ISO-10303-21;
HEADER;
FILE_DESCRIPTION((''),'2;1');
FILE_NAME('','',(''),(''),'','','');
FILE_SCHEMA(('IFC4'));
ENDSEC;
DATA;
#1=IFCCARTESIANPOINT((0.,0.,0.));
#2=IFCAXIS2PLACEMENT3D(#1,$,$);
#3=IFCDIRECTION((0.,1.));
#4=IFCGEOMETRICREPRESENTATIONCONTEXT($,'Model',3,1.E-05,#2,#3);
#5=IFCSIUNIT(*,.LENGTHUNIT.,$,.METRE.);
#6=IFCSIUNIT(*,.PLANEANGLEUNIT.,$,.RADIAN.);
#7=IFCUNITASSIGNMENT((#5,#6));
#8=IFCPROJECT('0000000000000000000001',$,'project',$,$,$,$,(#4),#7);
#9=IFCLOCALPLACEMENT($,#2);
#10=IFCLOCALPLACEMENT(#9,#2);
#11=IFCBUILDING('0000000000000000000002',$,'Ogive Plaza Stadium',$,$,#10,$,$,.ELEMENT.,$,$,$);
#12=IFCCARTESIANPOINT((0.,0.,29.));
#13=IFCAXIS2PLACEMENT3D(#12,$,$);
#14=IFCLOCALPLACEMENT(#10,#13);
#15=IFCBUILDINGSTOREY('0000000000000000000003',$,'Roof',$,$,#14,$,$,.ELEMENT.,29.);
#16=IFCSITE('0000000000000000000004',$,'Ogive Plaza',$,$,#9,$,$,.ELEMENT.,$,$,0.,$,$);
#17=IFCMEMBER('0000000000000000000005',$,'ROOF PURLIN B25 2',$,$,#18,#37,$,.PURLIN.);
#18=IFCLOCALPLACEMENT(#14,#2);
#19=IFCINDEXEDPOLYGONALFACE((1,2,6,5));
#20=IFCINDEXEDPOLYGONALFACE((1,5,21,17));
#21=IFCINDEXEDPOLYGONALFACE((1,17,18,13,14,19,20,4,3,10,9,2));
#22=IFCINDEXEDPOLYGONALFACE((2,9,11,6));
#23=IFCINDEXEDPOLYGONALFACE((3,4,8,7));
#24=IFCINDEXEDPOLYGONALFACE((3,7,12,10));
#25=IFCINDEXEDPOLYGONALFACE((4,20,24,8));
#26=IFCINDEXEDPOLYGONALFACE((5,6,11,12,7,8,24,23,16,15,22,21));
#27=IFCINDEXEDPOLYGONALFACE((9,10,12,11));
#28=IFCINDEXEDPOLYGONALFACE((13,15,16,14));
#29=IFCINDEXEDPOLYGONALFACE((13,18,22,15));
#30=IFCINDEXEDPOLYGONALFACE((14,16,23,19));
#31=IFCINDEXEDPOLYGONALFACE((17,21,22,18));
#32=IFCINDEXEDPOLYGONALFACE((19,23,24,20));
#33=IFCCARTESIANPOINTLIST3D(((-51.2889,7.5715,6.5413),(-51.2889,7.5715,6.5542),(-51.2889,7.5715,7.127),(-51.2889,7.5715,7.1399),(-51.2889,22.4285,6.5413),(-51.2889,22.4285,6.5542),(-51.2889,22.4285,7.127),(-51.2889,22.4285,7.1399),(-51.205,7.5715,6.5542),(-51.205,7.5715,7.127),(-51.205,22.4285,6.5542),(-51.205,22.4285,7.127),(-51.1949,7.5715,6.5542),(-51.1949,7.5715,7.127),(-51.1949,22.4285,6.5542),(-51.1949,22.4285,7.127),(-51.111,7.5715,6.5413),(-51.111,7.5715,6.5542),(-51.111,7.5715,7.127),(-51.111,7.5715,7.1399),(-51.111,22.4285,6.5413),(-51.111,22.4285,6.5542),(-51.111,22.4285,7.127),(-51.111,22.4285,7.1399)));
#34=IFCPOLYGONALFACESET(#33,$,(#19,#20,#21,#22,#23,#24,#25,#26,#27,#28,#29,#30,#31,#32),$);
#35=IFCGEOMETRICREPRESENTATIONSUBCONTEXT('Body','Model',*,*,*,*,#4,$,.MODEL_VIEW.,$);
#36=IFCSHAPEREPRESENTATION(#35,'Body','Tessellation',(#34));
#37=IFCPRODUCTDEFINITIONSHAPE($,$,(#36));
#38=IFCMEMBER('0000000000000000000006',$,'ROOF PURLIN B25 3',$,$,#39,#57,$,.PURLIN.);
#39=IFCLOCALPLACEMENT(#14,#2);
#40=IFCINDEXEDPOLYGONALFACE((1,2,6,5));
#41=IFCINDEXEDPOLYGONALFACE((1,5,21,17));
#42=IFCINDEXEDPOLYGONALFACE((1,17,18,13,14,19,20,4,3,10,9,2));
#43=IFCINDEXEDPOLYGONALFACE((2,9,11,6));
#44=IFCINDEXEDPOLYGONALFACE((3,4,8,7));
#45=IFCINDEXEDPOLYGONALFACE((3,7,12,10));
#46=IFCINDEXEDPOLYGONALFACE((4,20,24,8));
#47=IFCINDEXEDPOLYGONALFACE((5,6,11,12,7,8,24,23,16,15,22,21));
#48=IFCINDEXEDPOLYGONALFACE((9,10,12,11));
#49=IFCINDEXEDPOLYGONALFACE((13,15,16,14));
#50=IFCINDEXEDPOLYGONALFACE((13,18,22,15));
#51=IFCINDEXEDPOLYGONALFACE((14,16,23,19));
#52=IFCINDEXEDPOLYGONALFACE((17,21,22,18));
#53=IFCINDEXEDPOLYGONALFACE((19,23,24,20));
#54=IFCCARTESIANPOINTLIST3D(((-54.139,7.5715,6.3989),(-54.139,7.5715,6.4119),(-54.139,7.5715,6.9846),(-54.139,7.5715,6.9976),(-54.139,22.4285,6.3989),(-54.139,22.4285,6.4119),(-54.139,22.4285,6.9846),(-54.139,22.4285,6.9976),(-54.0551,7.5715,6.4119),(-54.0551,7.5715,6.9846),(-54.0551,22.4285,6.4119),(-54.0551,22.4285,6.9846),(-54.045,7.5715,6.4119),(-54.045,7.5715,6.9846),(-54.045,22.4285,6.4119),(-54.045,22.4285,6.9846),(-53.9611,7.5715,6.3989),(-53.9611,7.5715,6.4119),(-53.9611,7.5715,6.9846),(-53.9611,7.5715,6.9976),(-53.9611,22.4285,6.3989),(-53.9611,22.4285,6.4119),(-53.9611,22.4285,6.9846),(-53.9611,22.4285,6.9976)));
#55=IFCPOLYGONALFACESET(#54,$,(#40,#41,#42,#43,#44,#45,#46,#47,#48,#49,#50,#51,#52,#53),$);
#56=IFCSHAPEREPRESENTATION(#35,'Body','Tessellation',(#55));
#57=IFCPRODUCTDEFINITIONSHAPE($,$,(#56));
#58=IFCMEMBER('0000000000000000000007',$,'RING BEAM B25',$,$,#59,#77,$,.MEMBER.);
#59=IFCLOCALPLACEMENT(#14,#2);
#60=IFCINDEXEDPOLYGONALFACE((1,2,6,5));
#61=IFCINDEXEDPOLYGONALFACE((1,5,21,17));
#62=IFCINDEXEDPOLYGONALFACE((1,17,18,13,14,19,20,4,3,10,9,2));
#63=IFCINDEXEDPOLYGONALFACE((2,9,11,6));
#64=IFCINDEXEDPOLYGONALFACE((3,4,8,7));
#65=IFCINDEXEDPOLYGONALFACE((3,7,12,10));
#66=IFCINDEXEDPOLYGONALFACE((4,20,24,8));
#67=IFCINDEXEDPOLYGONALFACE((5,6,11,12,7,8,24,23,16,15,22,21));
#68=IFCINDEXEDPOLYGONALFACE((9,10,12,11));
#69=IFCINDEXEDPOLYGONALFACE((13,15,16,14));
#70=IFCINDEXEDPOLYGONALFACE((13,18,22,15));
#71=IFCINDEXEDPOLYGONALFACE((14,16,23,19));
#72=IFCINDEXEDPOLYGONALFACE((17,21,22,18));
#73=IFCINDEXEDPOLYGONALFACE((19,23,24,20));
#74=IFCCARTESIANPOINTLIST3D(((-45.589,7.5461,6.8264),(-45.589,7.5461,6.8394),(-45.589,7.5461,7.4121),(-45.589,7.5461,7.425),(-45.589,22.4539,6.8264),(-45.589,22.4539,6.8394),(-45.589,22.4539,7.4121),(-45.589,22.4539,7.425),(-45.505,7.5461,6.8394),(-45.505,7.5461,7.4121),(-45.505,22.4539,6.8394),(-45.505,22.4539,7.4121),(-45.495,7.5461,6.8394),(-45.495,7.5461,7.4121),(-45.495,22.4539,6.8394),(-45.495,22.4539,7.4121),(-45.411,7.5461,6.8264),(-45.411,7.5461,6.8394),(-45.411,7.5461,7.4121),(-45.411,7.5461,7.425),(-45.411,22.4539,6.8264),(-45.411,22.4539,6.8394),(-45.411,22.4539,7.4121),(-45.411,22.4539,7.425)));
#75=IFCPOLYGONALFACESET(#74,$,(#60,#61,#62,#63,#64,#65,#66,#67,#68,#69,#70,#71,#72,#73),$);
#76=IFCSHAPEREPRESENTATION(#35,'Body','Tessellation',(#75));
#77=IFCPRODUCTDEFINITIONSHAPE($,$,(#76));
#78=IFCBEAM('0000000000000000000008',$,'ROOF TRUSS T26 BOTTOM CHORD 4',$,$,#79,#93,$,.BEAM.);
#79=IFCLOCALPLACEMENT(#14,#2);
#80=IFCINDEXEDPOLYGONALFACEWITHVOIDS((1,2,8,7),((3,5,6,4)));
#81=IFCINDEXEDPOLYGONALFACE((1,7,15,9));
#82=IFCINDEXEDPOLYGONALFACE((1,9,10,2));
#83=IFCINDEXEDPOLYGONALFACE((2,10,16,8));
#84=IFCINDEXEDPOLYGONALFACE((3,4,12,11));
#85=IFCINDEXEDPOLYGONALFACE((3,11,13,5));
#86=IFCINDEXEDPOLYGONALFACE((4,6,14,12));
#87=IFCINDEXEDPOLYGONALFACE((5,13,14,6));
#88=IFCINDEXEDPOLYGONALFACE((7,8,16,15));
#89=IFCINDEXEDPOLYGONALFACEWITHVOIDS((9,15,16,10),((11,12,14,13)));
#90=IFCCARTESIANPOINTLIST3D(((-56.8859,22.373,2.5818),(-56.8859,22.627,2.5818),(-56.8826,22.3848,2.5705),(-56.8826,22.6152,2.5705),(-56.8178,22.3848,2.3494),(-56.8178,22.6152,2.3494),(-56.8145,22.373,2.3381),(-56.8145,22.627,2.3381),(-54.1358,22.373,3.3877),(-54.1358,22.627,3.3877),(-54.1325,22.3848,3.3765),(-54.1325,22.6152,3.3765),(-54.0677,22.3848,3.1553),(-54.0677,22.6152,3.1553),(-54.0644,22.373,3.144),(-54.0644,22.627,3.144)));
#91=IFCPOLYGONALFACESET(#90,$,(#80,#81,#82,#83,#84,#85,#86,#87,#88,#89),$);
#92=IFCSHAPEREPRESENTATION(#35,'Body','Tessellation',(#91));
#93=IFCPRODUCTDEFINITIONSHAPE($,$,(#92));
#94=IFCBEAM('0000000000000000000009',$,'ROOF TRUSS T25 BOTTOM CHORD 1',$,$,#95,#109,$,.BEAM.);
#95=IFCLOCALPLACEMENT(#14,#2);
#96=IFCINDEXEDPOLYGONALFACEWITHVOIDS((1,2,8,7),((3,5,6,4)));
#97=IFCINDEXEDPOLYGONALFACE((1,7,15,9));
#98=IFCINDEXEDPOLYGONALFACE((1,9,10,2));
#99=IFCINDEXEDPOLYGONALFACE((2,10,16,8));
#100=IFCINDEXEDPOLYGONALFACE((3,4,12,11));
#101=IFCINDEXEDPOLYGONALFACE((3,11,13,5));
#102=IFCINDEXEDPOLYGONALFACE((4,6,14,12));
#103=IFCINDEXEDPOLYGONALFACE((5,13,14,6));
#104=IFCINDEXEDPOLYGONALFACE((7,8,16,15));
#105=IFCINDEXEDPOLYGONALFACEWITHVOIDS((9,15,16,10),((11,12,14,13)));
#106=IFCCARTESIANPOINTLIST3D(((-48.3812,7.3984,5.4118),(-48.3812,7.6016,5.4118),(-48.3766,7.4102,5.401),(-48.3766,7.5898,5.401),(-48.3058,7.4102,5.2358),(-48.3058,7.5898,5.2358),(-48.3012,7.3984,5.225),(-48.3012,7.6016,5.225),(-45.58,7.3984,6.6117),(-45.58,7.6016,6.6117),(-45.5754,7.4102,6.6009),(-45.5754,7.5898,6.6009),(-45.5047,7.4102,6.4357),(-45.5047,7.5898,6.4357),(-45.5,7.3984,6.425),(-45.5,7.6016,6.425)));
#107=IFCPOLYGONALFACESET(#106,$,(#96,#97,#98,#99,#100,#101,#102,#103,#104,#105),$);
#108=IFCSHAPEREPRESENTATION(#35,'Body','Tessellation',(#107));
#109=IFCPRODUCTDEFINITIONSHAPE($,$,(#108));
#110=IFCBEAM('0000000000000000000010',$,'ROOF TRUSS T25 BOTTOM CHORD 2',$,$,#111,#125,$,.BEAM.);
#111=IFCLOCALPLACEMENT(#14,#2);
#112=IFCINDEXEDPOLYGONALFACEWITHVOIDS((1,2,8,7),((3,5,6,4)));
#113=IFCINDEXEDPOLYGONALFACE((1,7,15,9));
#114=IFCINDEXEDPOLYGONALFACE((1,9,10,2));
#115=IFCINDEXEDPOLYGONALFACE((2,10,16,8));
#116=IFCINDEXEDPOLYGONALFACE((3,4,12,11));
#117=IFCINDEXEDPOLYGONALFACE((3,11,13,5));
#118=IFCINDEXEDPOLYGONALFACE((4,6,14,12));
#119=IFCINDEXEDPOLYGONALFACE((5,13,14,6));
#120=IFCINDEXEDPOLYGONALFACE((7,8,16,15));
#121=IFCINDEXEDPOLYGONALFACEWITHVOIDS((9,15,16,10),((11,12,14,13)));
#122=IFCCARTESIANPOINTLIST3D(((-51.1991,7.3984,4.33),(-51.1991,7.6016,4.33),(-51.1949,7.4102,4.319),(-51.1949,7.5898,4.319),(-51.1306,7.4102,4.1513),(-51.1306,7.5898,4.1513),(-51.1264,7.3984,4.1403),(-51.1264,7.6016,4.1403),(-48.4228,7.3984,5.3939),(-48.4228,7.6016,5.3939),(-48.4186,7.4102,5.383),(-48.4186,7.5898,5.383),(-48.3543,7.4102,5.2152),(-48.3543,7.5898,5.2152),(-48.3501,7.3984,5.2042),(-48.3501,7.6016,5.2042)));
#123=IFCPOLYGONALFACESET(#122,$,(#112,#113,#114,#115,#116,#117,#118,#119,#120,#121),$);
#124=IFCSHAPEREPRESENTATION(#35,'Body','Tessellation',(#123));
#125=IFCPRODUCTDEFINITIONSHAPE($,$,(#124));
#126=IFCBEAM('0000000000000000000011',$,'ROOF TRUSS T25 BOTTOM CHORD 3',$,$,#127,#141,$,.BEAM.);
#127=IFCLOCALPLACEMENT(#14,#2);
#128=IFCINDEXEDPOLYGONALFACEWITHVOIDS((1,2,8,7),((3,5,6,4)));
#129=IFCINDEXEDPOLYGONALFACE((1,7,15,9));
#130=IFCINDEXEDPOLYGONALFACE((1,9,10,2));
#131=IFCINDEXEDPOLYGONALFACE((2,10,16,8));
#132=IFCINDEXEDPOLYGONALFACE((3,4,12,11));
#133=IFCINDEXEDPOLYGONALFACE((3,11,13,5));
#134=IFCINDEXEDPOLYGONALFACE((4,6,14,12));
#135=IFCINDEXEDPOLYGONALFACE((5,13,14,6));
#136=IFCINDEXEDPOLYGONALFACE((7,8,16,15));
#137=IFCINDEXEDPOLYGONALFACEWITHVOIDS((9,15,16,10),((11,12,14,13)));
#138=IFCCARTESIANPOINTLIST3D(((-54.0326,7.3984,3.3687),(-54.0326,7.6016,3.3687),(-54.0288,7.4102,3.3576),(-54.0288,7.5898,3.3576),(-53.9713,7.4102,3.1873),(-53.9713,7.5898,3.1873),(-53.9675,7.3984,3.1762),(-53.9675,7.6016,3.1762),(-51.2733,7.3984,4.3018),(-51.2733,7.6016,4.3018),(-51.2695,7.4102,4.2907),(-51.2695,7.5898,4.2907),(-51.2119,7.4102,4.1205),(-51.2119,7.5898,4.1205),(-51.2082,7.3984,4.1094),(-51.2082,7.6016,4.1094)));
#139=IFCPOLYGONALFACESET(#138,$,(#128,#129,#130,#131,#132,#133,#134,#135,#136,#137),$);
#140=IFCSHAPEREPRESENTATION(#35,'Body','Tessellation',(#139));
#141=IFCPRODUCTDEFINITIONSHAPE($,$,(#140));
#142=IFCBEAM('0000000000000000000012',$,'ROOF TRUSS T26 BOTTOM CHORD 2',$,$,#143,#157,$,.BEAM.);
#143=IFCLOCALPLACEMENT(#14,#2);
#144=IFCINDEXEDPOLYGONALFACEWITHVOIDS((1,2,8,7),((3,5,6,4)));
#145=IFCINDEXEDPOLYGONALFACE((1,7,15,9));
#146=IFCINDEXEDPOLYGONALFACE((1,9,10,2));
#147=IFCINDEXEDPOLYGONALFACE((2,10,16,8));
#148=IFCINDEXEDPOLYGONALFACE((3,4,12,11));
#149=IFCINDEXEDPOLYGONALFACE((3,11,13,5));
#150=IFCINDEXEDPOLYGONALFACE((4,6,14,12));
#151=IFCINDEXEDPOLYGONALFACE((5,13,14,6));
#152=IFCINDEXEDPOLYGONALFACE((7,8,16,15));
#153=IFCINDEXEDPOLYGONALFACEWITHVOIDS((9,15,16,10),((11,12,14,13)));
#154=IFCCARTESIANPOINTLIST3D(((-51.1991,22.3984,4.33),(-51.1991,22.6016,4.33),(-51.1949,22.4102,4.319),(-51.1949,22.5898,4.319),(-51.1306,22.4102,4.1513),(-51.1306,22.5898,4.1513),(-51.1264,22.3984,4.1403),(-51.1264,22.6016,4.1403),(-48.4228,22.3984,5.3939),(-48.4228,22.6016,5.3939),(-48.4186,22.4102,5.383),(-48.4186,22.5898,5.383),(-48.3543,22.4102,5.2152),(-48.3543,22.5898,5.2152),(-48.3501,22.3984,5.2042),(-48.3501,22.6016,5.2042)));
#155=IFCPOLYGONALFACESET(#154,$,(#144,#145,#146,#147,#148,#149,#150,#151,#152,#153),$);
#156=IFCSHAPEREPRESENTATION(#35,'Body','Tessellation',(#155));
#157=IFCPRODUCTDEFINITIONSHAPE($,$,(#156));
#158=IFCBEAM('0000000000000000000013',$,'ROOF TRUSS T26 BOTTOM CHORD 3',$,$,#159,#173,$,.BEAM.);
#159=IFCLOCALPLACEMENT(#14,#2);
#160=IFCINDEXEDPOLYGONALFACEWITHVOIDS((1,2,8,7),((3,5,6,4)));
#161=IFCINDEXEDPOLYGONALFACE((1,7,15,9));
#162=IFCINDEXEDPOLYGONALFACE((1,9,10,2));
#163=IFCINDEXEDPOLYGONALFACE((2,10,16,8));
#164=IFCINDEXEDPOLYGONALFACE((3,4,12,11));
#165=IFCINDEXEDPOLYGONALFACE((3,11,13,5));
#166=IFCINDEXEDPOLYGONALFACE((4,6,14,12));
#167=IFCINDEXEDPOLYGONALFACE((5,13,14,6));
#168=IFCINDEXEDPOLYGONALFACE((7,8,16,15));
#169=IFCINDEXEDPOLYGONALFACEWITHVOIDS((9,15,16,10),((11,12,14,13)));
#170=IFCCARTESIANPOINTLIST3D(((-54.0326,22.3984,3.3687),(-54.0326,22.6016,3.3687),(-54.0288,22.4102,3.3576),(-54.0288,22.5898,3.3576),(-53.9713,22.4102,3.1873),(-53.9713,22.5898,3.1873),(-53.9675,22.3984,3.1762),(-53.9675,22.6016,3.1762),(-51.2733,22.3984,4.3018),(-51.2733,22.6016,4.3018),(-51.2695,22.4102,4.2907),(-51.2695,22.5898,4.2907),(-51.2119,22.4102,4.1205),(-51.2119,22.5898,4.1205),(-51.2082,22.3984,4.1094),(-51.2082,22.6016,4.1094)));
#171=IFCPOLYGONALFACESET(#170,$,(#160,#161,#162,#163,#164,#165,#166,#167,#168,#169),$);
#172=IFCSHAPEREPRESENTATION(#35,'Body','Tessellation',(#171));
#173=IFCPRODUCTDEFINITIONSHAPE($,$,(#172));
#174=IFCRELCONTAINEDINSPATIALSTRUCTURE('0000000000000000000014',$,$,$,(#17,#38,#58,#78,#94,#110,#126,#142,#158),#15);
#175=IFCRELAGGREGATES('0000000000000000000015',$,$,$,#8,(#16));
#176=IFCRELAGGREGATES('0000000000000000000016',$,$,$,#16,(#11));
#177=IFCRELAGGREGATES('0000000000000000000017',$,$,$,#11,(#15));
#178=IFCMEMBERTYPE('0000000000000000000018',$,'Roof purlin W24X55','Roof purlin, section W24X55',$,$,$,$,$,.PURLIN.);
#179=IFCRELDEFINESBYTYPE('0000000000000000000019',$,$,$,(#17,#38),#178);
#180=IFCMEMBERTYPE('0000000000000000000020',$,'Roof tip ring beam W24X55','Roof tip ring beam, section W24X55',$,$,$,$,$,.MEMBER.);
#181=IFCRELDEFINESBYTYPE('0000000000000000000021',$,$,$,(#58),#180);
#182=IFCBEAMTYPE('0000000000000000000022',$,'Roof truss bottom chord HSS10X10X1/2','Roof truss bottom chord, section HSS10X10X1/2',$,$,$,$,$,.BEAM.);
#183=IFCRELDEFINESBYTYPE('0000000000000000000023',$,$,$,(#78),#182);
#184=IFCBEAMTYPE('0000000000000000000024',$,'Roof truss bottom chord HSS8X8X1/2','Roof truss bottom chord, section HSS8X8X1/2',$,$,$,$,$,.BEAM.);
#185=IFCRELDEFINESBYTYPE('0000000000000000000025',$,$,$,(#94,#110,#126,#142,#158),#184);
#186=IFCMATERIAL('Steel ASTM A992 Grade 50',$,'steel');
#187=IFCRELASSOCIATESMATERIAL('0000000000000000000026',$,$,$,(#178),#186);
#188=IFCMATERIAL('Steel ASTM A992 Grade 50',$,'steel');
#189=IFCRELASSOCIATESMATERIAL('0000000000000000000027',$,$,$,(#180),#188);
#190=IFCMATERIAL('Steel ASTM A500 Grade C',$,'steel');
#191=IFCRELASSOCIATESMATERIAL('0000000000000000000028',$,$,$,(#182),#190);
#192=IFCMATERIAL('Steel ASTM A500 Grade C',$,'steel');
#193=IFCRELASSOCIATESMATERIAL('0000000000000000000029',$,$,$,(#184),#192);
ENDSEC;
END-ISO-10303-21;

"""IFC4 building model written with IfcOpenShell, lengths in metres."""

from ifc_helpers import new_model, si_unit, direction, frame, origin, origin_2d, place, context, subcontext, project, spatial, hollow_rectangle, i_section, extrude, material, material_profile, profile_set, type_object, element, save


model = new_model("IFC4")

# Units and contexts
model_context = context("Model", 3, precision=1e-05, world=origin(), true_north=direction((0.0, 1.0)))
body_context = subcontext(model_context, "Body", "Model", "MODEL_VIEW")
ifc_project = project(units=[si_unit("LENGTHUNIT", "METRE"), si_unit("PLANEANGLEUNIT", "RADIAN")], contexts=[model_context])

# Site, building, storey
site_placement = place(None, origin())
site = spatial("IfcSite", under=ifc_project, at=site_placement, Name="Ogive Plaza", CompositionType="ELEMENT", RefElevation=0.0)
building_placement = place(site_placement, origin())
building = spatial("IfcBuilding", under=site, at=building_placement, Name="Ogive Plaza Stadium", CompositionType="ELEMENT")
storey_placement = place(building_placement, frame((0.0, 0.0, 29.0)))
storey = spatial("IfcBuildingStorey", under=building, at=storey_placement, Name="Roof", CompositionType="ELEMENT", Elevation=29.0)

# Members
ifc_material_1 = material(Name="Steel ASTM A992 Grade 50", Category="steel")
ifc_material_profile_1 = material_profile(ifc_material_1, i_section(OverallWidth=0.178, OverallDepth=0.5986, WebThickness=0.01, FlangeThickness=0.0129, at=origin_2d()), Name="W24X55")
ifc_profile_set_1 = profile_set([ifc_material_profile_1], Name="Steel ASTM A992 Grade 50")
member_type_1 = type_object("IfcMemberType", Name="Roof purlin W24X55", Description="Roof purlin, section W24X55", PredefinedType="PURLIN", material=ifc_profile_set_1)
for number, where, z_axis, x_axis, name in (
    (1, (-51.2, 7.5715, 6.8406), (0.0, 1.0, 0.0), (-1.0, 0.0, 0.0), "ROOF PURLIN B25 2"),
    (2, (-54.05, 7.5715, 6.6982), (0.0, 1.0, 0.0), (-1.0, 0.0, 0.0), "ROOF PURLIN B25 3"),
):
    element("IfcMember", number, at=place(storey_placement, frame(where, z_axis=z_axis, x_axis=x_axis)), inside=storey, type_object=member_type_1, Name=name, PredefinedType="PURLIN", context=body_context, shape_type="SweptSolid", body=[
        extrude(i_section(OverallWidth=0.178, OverallDepth=0.5986, WebThickness=0.01, FlangeThickness=0.0129, at=origin_2d()), origin(), (0.0, 0.0, 1.0), 14.8569),
    ])
ifc_material_2 = material(Name="Steel ASTM A992 Grade 50", Category="steel")
ifc_material_profile_2 = material_profile(ifc_material_2, i_section(OverallWidth=0.178, OverallDepth=0.5986, WebThickness=0.01, FlangeThickness=0.0129, at=origin_2d()), Name="W24X55")
ifc_profile_set_2 = profile_set([ifc_material_profile_2], Name="Steel ASTM A992 Grade 50")
member_type_2 = type_object("IfcMemberType", Name="Roof tip ring beam W24X55", Description="Roof tip ring beam, section W24X55", PredefinedType="MEMBER", material=ifc_profile_set_2)
member_1_placement = place(storey_placement, frame((-45.5, 7.5461, 7.1257), z_axis=(0.0, 1.0, 0.0), x_axis=(-1.0, 0.0, 0.0)))
element("IfcMember", 3, at=member_1_placement, inside=storey, type_object=member_type_2, Name="RING BEAM B25", PredefinedType="MEMBER", context=body_context, shape_type="SweptSolid", body=[
    extrude(i_section(OverallWidth=0.178, OverallDepth=0.5986, WebThickness=0.01, FlangeThickness=0.0129, at=origin_2d()), origin(), (0.0, 0.0, 1.0), 14.9077),
])

# Beams
ifc_material_3 = material(Name="Steel ASTM A500 Grade C", Category="steel")
ifc_material_profile_3 = material_profile(ifc_material_3, hollow_rectangle(XDim=0.2539, YDim=0.2539, WallThickness=0.0117, at=origin_2d()), Name="HSS10X10X1/2")
ifc_profile_set_3 = profile_set([ifc_material_profile_3], Name="Steel ASTM A500 Grade C")
beam_type_1 = type_object("IfcBeamType", Name="Roof truss bottom chord HSS10X10X1/2", Description="Roof truss bottom chord, section HSS10X10X1/2", PredefinedType="BEAM", material=ifc_profile_set_3)
beam_1_placement = place(storey_placement, frame((-54.1001, 22.5, 3.2659), z_axis=(-0.95964, 0.0, -0.28123), x_axis=(0.0, -1.0, 0.0)))
element("IfcBeam", 4, at=beam_1_placement, inside=storey, type_object=beam_type_1, Name="ROOF TRUSS T26 BOTTOM CHORD 4", PredefinedType="BEAM", context=body_context, shape_type="SweptSolid", body=[
    extrude(hollow_rectangle(XDim=0.2539, YDim=0.2539, WallThickness=0.0117, at=origin_2d()), origin(), (0.0, 0.0, 1.0), 2.8657),
])
ifc_material_4 = material(Name="Steel ASTM A500 Grade C", Category="steel")
ifc_material_profile_4 = material_profile(ifc_material_4, hollow_rectangle(XDim=0.2031, YDim=0.2031, WallThickness=0.0117, at=origin_2d()), Name="HSS8X8X1/2")
ifc_profile_set_4 = profile_set([ifc_material_profile_4], Name="Steel ASTM A500 Grade C")
beam_type_2 = type_object("IfcBeamType", Name="Roof truss bottom chord HSS8X8X1/2", Description="Roof truss bottom chord, section HSS8X8X1/2", PredefinedType="BEAM", material=ifc_profile_set_4)
beam_2_placement = place(storey_placement, frame((-45.54, 7.5, 6.5183), z_axis=(-0.919215, 0.0, -0.393755), x_axis=(0.0, -1.0, 0.0)))
element("IfcBeam", 5, at=beam_2_placement, inside=storey, type_object=beam_type_2, Name="ROOF TRUSS T25 BOTTOM CHORD 1", PredefinedType="BEAM", context=body_context, shape_type="SweptSolid", body=[
    extrude(hollow_rectangle(XDim=0.2031, YDim=0.2031, WallThickness=0.0117, at=origin_2d()), origin(), (0.0, 0.0, 1.0), 3.0474),
])
beam_3_placement = place(storey_placement, frame((-48.3865, 7.5, 5.2991), z_axis=(-0.933781, 0.0, -0.357845), x_axis=(0.0, -1.0, 0.0)))
element("IfcBeam", 6, at=beam_3_placement, inside=storey, type_object=beam_type_2, Name="ROOF TRUSS T25 BOTTOM CHORD 2", PredefinedType="BEAM", context=body_context, shape_type="SweptSolid", body=[
    extrude(hollow_rectangle(XDim=0.2031, YDim=0.2031, WallThickness=0.0117, at=origin_2d()), origin(), (0.0, 0.0, 1.0), 2.9731),
])
beam_4_placement = place(storey_placement, frame((-51.2407, 7.5, 4.2056), z_axis=(-0.9473, 0.0, -0.320349), x_axis=(0.0, -1.0, 0.0)))
element("IfcBeam", 7, at=beam_4_placement, inside=storey, type_object=beam_type_2, Name="ROOF TRUSS T25 BOTTOM CHORD 3", PredefinedType="BEAM", context=body_context, shape_type="SweptSolid", body=[
    extrude(hollow_rectangle(XDim=0.2031, YDim=0.2031, WallThickness=0.0117, at=origin_2d()), origin(), (0.0, 0.0, 1.0), 2.9128),
])
beam_5_placement = place(storey_placement, frame((-48.3865, 22.5, 5.2991), z_axis=(-0.933781, 0.0, -0.357845), x_axis=(0.0, -1.0, 0.0)))
element("IfcBeam", 8, at=beam_5_placement, inside=storey, type_object=beam_type_2, Name="ROOF TRUSS T26 BOTTOM CHORD 2", PredefinedType="BEAM", context=body_context, shape_type="SweptSolid", body=[
    extrude(hollow_rectangle(XDim=0.2031, YDim=0.2031, WallThickness=0.0117, at=origin_2d()), origin(), (0.0, 0.0, 1.0), 2.9731),
])
beam_6_placement = place(storey_placement, frame((-51.2407, 22.5, 4.2056), z_axis=(-0.9473, 0.0, -0.320349), x_axis=(0.0, -1.0, 0.0)))
element("IfcBeam", 9, at=beam_6_placement, inside=storey, type_object=beam_type_2, Name="ROOF TRUSS T26 BOTTOM CHORD 3", PredefinedType="BEAM", context=body_context, shape_type="SweptSolid", body=[
    extrude(hollow_rectangle(XDim=0.2031, YDim=0.2031, WallThickness=0.0117, at=origin_2d()), origin(), (0.0, 0.0, 1.0), 2.9128),
])

save(model, "model.ifc")
